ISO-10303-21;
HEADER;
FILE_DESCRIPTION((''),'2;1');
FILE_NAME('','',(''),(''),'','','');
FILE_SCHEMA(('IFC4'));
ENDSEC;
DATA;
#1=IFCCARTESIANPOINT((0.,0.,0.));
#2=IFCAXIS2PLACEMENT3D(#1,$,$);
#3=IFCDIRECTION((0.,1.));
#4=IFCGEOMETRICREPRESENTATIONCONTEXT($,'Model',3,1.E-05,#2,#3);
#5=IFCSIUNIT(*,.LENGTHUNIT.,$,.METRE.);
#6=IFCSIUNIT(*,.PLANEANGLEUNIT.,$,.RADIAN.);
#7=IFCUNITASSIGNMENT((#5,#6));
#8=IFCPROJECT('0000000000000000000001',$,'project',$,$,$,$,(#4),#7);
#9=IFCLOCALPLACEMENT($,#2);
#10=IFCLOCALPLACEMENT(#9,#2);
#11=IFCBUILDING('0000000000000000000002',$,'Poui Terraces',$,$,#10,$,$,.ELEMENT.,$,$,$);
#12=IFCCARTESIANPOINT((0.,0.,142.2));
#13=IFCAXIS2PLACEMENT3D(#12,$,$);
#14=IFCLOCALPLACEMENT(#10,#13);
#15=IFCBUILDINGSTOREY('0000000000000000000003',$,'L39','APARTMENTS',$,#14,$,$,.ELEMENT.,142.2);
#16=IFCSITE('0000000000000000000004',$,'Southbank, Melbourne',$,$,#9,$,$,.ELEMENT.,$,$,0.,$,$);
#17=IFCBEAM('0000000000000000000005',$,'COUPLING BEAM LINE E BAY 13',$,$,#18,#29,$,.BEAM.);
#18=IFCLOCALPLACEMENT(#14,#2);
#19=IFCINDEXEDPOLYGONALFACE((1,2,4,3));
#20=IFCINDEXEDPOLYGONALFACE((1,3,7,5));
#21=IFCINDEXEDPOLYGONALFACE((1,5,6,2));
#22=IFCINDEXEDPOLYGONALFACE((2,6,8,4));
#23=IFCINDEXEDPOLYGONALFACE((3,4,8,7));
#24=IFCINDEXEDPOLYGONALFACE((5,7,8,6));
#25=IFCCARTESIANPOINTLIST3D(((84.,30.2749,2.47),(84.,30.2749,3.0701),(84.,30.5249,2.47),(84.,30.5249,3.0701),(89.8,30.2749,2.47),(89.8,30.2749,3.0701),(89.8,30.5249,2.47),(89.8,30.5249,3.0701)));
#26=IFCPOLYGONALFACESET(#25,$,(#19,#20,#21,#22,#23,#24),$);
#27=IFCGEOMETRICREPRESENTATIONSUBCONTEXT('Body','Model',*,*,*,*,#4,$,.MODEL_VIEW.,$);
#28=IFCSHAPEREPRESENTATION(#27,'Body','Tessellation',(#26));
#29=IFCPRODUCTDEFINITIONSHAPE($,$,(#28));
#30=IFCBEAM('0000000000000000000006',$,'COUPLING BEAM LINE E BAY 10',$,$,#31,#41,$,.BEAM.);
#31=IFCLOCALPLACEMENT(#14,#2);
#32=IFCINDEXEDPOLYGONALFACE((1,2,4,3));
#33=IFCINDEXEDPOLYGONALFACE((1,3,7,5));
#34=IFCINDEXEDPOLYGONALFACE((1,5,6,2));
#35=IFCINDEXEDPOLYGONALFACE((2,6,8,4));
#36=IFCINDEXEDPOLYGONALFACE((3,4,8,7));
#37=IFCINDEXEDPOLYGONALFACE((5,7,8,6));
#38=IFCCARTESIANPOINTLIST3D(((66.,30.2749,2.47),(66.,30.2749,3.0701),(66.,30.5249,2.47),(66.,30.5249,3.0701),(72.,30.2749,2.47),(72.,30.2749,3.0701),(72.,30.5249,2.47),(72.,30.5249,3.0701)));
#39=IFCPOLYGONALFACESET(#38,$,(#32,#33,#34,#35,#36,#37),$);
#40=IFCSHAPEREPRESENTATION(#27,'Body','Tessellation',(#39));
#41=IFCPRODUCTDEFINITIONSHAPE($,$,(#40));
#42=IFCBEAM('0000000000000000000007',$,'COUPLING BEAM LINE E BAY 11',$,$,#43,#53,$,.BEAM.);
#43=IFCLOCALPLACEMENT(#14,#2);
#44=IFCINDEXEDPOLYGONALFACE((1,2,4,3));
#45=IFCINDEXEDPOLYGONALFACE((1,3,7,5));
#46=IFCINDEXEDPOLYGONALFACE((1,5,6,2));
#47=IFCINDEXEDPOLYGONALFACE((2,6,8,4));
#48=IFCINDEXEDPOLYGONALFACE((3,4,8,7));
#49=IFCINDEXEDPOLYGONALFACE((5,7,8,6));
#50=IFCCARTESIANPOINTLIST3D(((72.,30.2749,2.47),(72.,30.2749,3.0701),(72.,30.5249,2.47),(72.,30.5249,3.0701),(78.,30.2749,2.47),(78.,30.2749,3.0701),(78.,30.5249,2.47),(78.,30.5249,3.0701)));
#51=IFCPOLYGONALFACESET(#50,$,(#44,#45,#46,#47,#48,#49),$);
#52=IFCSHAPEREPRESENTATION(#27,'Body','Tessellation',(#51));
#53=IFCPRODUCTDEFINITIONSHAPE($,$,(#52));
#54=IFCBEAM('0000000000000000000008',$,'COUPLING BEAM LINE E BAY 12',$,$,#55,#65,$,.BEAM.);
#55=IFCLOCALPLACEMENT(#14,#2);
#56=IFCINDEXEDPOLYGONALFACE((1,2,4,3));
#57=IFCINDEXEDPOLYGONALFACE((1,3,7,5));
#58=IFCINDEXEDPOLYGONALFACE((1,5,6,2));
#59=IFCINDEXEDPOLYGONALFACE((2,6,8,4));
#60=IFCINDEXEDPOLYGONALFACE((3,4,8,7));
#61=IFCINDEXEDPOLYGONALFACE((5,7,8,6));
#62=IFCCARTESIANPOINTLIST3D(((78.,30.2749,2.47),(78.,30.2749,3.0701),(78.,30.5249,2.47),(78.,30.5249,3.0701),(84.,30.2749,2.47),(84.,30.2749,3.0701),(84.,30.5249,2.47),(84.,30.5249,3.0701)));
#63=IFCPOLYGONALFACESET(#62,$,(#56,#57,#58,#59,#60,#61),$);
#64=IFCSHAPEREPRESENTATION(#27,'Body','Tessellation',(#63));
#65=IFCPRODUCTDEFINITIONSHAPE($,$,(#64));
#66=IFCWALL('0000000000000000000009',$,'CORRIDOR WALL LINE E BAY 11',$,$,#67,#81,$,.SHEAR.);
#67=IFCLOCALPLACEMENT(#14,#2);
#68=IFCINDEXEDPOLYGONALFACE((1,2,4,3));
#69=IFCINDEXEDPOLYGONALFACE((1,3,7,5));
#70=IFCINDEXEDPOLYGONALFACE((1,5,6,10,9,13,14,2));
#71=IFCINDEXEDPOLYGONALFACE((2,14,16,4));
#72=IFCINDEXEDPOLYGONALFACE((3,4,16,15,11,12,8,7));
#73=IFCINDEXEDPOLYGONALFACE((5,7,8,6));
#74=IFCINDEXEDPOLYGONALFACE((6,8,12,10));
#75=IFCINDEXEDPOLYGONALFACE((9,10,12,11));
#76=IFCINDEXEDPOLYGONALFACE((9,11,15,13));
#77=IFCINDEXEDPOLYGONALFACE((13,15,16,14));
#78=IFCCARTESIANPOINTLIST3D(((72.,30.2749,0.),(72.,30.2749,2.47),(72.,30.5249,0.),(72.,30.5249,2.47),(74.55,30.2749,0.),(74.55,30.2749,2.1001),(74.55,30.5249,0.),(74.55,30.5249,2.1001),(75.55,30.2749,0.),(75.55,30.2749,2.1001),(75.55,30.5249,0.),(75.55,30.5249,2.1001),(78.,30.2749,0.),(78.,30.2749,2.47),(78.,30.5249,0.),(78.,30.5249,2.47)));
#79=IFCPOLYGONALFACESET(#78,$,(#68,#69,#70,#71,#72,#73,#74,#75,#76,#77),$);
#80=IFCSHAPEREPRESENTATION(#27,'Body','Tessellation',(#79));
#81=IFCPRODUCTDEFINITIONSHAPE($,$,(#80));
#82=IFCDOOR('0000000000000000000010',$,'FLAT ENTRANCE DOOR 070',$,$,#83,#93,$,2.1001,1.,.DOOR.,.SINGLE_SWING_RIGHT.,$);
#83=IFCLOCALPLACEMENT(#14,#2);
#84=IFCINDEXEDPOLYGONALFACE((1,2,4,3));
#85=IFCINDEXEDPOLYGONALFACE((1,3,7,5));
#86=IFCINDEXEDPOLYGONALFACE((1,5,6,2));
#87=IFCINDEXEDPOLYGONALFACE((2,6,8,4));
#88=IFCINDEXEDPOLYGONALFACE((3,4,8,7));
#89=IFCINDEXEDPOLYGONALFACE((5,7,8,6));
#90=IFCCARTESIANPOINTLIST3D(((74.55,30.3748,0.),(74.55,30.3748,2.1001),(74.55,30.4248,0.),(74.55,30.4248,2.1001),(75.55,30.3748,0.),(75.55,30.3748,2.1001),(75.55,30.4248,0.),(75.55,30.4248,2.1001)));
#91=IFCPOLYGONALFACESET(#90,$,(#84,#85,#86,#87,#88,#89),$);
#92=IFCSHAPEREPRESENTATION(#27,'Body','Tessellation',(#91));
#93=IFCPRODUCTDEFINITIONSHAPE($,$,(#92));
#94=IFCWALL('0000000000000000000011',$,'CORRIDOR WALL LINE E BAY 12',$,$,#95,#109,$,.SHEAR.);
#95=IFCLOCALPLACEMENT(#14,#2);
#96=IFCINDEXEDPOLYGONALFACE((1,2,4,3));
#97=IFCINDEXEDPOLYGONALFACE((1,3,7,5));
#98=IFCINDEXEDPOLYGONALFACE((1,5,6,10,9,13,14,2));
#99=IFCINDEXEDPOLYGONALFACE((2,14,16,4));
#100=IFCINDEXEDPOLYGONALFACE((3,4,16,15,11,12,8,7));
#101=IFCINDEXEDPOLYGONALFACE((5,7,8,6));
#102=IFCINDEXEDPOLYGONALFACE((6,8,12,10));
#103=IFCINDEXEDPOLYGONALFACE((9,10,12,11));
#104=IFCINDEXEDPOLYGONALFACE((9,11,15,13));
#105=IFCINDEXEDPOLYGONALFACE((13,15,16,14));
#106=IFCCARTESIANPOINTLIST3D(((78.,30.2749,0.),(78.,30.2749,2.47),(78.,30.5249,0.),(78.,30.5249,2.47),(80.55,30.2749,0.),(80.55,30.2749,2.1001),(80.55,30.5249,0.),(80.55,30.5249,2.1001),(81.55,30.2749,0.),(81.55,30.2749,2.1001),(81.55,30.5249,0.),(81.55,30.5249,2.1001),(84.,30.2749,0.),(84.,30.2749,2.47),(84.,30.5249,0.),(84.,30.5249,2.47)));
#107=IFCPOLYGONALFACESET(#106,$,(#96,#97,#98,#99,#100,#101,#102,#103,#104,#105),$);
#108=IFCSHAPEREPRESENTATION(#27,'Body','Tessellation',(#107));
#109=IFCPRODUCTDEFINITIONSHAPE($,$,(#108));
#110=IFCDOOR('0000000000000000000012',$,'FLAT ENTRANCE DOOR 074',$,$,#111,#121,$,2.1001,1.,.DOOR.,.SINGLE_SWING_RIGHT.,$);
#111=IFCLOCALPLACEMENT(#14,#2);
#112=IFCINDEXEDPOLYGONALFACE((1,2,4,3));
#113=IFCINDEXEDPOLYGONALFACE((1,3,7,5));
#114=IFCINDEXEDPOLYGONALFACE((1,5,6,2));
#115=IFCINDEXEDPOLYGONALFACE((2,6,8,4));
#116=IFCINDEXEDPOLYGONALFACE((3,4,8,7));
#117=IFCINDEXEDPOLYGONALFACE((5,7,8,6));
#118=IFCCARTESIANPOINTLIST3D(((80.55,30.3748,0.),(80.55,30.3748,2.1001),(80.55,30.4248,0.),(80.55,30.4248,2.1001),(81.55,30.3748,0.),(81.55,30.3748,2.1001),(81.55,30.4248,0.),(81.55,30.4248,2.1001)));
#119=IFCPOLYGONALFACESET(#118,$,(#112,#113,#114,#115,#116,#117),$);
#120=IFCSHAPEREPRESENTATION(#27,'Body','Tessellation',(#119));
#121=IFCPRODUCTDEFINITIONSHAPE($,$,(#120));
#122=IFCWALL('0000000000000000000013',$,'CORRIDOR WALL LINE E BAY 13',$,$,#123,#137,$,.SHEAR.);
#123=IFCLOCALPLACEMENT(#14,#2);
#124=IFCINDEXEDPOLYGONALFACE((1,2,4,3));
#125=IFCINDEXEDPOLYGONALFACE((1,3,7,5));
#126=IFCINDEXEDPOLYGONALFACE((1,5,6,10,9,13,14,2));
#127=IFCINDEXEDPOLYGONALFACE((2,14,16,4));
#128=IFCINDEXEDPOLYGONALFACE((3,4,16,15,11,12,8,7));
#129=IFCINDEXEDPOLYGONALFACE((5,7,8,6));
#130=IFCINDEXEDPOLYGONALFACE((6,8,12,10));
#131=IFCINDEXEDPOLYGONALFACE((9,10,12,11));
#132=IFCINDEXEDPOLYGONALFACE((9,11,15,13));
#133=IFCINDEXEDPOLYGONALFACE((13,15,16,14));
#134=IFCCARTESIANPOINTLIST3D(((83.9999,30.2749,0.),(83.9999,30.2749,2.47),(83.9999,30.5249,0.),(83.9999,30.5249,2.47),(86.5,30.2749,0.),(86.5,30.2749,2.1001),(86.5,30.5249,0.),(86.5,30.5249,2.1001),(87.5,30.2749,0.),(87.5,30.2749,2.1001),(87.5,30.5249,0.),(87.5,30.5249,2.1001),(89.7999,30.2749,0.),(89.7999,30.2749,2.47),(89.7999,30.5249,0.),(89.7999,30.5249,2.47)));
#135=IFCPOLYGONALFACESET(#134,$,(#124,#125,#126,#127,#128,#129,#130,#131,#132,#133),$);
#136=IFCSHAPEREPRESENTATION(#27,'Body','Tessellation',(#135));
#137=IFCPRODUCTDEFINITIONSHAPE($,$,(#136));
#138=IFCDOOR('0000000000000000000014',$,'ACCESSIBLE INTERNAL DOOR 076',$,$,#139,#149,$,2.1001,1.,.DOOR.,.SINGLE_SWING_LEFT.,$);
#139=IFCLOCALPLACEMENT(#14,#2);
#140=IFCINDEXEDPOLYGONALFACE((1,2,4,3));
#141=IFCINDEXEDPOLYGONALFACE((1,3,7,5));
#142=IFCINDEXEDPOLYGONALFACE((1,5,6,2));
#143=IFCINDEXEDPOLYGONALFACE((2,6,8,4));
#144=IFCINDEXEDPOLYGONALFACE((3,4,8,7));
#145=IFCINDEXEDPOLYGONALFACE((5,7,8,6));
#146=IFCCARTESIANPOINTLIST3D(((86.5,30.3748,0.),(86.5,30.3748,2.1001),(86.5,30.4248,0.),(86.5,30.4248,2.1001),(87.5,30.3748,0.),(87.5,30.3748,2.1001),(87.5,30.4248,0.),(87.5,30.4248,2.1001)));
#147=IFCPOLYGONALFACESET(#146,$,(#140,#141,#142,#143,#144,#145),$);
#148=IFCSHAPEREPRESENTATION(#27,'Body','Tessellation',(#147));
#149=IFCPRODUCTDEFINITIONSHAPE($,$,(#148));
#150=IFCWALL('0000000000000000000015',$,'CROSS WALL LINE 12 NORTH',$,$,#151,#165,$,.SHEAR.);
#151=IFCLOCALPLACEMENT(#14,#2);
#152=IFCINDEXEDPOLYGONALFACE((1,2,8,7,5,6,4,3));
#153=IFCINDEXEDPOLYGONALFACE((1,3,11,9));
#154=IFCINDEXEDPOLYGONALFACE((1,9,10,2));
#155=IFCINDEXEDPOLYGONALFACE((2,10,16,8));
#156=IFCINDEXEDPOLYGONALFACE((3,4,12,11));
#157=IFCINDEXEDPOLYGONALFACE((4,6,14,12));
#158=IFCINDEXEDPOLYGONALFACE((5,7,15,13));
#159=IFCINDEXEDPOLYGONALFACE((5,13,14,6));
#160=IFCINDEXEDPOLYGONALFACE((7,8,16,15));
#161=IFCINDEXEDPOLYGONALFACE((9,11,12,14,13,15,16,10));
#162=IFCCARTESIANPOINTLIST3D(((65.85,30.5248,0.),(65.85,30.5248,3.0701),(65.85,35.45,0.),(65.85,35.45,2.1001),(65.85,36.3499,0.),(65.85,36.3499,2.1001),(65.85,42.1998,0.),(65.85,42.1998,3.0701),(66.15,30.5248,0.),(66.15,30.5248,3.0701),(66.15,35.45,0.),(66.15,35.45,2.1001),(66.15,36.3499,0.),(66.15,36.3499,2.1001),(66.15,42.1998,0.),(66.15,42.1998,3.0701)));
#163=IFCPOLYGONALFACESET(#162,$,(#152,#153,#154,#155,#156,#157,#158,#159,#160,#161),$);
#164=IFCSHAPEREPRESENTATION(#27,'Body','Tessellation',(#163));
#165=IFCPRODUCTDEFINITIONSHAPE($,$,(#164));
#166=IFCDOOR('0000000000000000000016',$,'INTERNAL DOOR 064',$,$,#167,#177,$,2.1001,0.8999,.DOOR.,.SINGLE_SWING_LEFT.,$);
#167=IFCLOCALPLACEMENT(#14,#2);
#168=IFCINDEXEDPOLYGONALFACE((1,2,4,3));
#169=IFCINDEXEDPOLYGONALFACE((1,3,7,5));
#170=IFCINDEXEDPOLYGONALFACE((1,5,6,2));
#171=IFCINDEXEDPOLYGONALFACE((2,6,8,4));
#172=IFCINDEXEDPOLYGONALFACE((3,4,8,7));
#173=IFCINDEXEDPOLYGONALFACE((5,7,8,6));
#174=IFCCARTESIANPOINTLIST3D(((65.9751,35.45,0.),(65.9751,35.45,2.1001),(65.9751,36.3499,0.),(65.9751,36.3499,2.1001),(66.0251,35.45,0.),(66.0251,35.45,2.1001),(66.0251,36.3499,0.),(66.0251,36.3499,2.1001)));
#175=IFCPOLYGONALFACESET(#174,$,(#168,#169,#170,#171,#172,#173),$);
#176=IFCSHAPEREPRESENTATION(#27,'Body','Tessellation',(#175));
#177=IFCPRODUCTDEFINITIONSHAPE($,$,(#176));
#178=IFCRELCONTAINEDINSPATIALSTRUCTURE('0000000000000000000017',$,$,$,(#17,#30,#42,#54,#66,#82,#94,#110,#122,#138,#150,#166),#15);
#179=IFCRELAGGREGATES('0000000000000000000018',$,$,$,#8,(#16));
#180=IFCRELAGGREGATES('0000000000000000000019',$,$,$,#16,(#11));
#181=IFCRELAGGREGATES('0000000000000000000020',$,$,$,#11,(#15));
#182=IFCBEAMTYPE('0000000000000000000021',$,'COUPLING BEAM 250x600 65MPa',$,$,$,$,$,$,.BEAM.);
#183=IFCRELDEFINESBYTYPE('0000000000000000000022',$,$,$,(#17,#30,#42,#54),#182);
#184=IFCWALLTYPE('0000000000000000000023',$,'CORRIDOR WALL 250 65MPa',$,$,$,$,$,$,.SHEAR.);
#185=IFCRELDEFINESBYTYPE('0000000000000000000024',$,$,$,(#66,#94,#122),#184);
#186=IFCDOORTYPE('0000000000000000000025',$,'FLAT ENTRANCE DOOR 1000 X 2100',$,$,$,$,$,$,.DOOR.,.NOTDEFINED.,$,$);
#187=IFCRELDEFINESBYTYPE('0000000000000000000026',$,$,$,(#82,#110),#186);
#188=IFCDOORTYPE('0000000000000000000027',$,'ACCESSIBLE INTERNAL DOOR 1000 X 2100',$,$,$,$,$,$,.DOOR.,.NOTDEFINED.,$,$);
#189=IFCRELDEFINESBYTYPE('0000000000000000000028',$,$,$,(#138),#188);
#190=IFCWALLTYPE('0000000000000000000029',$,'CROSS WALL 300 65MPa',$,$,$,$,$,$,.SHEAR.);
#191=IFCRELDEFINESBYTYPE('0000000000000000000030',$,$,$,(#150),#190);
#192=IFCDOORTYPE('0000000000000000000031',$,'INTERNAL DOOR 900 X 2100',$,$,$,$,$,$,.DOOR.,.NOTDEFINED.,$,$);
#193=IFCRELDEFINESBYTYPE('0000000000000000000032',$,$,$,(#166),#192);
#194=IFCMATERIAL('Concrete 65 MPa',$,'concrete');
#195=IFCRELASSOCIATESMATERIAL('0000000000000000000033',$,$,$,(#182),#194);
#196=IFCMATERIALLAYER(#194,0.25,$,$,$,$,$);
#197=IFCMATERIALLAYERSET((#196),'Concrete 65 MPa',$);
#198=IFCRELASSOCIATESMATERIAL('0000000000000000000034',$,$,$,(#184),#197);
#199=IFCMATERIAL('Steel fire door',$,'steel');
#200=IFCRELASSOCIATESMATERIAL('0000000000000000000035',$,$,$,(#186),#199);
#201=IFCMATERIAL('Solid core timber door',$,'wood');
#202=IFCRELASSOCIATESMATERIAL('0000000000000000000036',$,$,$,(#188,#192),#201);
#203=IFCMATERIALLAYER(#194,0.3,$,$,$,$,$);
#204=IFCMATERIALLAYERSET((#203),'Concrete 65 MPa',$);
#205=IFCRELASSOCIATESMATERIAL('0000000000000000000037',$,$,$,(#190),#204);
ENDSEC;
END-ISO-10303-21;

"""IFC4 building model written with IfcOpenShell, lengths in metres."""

from ifc_helpers import new_model, si_unit, direction, frame, frame_2d, origin, origin_2d, place, context, subcontext, project, spatial, rectangle, extrude, source, transform, mapped, material, layer, layer_set, material_profile, profile_set, type_object, element, fill, save


model = new_model("IFC4")

# Units and contexts
model_context = context("Model", 3, precision=1e-05, world=origin(), true_north=direction((0.0, 1.0)))
body_context = subcontext(model_context, "Body", "Model", "MODEL_VIEW")
ifc_project = project(units=[si_unit("LENGTHUNIT", "METRE"), si_unit("PLANEANGLEUNIT", "RADIAN")], contexts=[model_context])

# Site, building, storey
site_placement = place(None, origin())
site = spatial("IfcSite", under=ifc_project, at=site_placement, Name="Southbank, Melbourne", CompositionType="ELEMENT", RefElevation=0.0)
building_placement = place(site_placement, origin())
building = spatial("IfcBuilding", under=site, at=building_placement, Name="Poui Terraces", CompositionType="ELEMENT")
storey_placement = place(building_placement, frame((0.0, 0.0, 142.2)))
storey = spatial("IfcBuildingStorey", under=building, at=storey_placement, Name="L39", Description="APARTMENTS", CompositionType="ELEMENT", Elevation=142.2)

# Beams
ifc_material_1 = material(Name="Concrete 65 MPa", Category="concrete")
ifc_material_profile = material_profile(ifc_material_1, rectangle(XDim=0.25, YDim=0.6001, at=origin_2d()), Name="RC 250x600")
ifc_profile_set = profile_set([ifc_material_profile], Name="Concrete 65 MPa")
beam_type = type_object("IfcBeamType", Name="COUPLING BEAM 250x600 65MPa", PredefinedType="BEAM", material=ifc_profile_set)
shared_shape_1 = source(origin(), body_context, "Body", "SweptSolid", [
    extrude(rectangle(XDim=0.25, YDim=0.6001, at=origin_2d()), origin(), (0.0, 0.0, 1.0), 5.8),
])
beam_placement = place(storey_placement, frame((84.0, 30.3999, 2.77), z_axis=(1.0, 0.0, 0.0), x_axis=(0.0, 1.0, 0.0)))
element("IfcBeam", 1, at=beam_placement, inside=storey, type_object=beam_type, Name="COUPLING BEAM LINE E BAY 13", PredefinedType="BEAM", context=body_context, shape_type="MappedRepresentation", body=[
    mapped(shared_shape_1, transform((0.0, 0.0, 0.0))),
])
shared_shape_2 = source(origin(), body_context, "Body", "SweptSolid", [
    extrude(rectangle(XDim=0.25, YDim=0.6001, at=origin_2d()), origin(), (0.0, 0.0, 1.0), 6.0),
])
for number, where, z_axis, x_axis, name in (
    (2, (66.0, 30.3999, 2.77), (1.0, 0.0, 0.0), (0.0, 1.0, 0.0), "COUPLING BEAM LINE E BAY 10"),
    (3, (72.0, 30.3999, 2.77), (1.0, 0.0, 0.0), (0.0, 1.0, 0.0), "COUPLING BEAM LINE E BAY 11"),
    (4, (78.0, 30.3999, 2.77), (1.0, 0.0, 0.0), (0.0, 1.0, 0.0), "COUPLING BEAM LINE E BAY 12"),
):
    element("IfcBeam", number, at=place(storey_placement, frame(where, z_axis=z_axis, x_axis=x_axis)), inside=storey, type_object=beam_type, Name=name, PredefinedType="BEAM", context=body_context, shape_type="MappedRepresentation", body=[
        mapped(shared_shape_2, transform((0.0, 0.0, 0.0))),
    ])

# Walls, openings, doors
ifc_layer_1 = layer(ifc_material_1, 0.25)
ifc_layer_set_1 = layer_set([ifc_layer_1], Name="Concrete 65 MPa")
wall_type_1 = type_object("IfcWallType", Name="CORRIDOR WALL 250 65MPa", PredefinedType="SHEAR", material=ifc_layer_set_1)
wall_1_placement = place(storey_placement, frame((72.0, 30.3999, 0.0), z_axis=(0.0, 0.0, 1.0), x_axis=(1.0, 0.0, 0.0)))
wall_1 = element("IfcWall", 5, at=wall_1_placement, inside=storey, type_object=wall_type_1, Name="CORRIDOR WALL LINE E BAY 11", PredefinedType="SHEAR", context=body_context, shape_type="SweptSolid", body=[
    extrude(rectangle(XDim=6.0, YDim=0.25, at=frame_2d((3.0, 0.0))), origin(), (0.0, 0.0, 1.0), 2.47),
])
opening_1_placement = place(wall_1_placement, frame((2.55, 0.0, 0.0)))
opening_1 = element("IfcOpeningElement", 6, at=opening_1_placement, cuts=wall_1, PredefinedType="OPENING", context=body_context, shape_type="SweptSolid", body=[
    extrude(rectangle(XDim=1.0, YDim=2.1001, at=frame_2d((0.5, 1.05))), frame((0.0, 0.135, 0.0), z_axis=(0.0, -1.0, 0.0), x_axis=(1.0, 0.0, 0.0)), (0.0, 0.0, 1.0), 0.27),
])
ifc_material_2 = material(Name="Steel fire door", Category="steel")
door_type_1 = type_object("IfcDoorType", Name="FLAT ENTRANCE DOOR 1000 X 2100", OperationType="NOTDEFINED", PredefinedType="DOOR", material=ifc_material_2)
door_1_placement = place(opening_1_placement, origin())
door_1 = element("IfcDoor", 7, at=door_1_placement, inside=storey, type_object=door_type_1, Name="FLAT ENTRANCE DOOR 070", OperationType="SINGLE_SWING_RIGHT", OverallHeight=2.1001, OverallWidth=1.0, PredefinedType="DOOR", context=body_context, shape_type="SweptSolid", body=[
    extrude(rectangle(XDim=1.0, YDim=2.1001, at=frame_2d((0.5, 1.05))), frame((0.0, 0.0249, 0.0), z_axis=(0.0, -1.0, 0.0), x_axis=(1.0, 0.0, 0.0)), (0.0, 0.0, 1.0), 0.05),
])
fill(opening_1, door_1)
wall_2_placement = place(storey_placement, frame((78.0, 30.3999, 0.0), z_axis=(0.0, 0.0, 1.0), x_axis=(1.0, 0.0, 0.0)))
wall_2 = element("IfcWall", 8, at=wall_2_placement, inside=storey, type_object=wall_type_1, Name="CORRIDOR WALL LINE E BAY 12", PredefinedType="SHEAR", context=body_context, shape_type="SweptSolid", body=[
    extrude(rectangle(XDim=6.0, YDim=0.25, at=frame_2d((3.0, 0.0))), origin(), (0.0, 0.0, 1.0), 2.47),
])
opening_2_placement = place(wall_2_placement, frame((2.55, 0.0, 0.0)))
opening_2 = element("IfcOpeningElement", 9, at=opening_2_placement, cuts=wall_2, PredefinedType="OPENING", context=body_context, shape_type="SweptSolid", body=[
    extrude(rectangle(XDim=1.0, YDim=2.1001, at=frame_2d((0.5, 1.05))), frame((0.0, 0.135, 0.0), z_axis=(0.0, -1.0, 0.0), x_axis=(1.0, 0.0, 0.0)), (0.0, 0.0, 1.0), 0.27),
])
door_2_placement = place(opening_2_placement, origin())
door_2 = element("IfcDoor", 10, at=door_2_placement, inside=storey, type_object=door_type_1, Name="FLAT ENTRANCE DOOR 074", OperationType="SINGLE_SWING_RIGHT", OverallHeight=2.1001, OverallWidth=1.0, PredefinedType="DOOR", context=body_context, shape_type="SweptSolid", body=[
    extrude(rectangle(XDim=1.0, YDim=2.1001, at=frame_2d((0.5, 1.05))), frame((0.0, 0.0249, 0.0), z_axis=(0.0, -1.0, 0.0), x_axis=(1.0, 0.0, 0.0)), (0.0, 0.0, 1.0), 0.05),
])
fill(opening_2, door_2)
wall_3_placement = place(storey_placement, frame((84.0, 30.3999, 0.0), z_axis=(0.0, 0.0, 1.0), x_axis=(1.0, 0.0, 0.0)))
wall_3 = element("IfcWall", 11, at=wall_3_placement, inside=storey, type_object=wall_type_1, Name="CORRIDOR WALL LINE E BAY 13", PredefinedType="SHEAR", context=body_context, shape_type="SweptSolid", body=[
    extrude(rectangle(XDim=5.8, YDim=0.25, at=frame_2d((2.8999, 0.0))), origin(), (0.0, 0.0, 1.0), 2.47),
])
opening_3_placement = place(wall_3_placement, frame((2.5, 0.0, 0.0)))
opening_3 = element("IfcOpeningElement", 12, at=opening_3_placement, cuts=wall_3, PredefinedType="OPENING", context=body_context, shape_type="SweptSolid", body=[
    extrude(rectangle(XDim=1.0, YDim=2.1001, at=frame_2d((0.5, 1.05))), frame((0.0, 0.135, 0.0), z_axis=(0.0, -1.0, 0.0), x_axis=(1.0, 0.0, 0.0)), (0.0, 0.0, 1.0), 0.27),
])
ifc_material_3 = material(Name="Solid core timber door", Category="wood")
door_type_2 = type_object("IfcDoorType", Name="ACCESSIBLE INTERNAL DOOR 1000 X 2100", OperationType="NOTDEFINED", PredefinedType="DOOR", material=ifc_material_3)
door_3_placement = place(opening_3_placement, origin())
door_3 = element("IfcDoor", 13, at=door_3_placement, inside=storey, type_object=door_type_2, Name="ACCESSIBLE INTERNAL DOOR 076", OperationType="SINGLE_SWING_LEFT", OverallHeight=2.1001, OverallWidth=1.0, PredefinedType="DOOR", context=body_context, shape_type="SweptSolid", body=[
    extrude(rectangle(XDim=1.0, YDim=2.1001, at=frame_2d((0.5, 1.05))), frame((0.0, 0.0249, 0.0), z_axis=(0.0, -1.0, 0.0), x_axis=(1.0, 0.0, 0.0)), (0.0, 0.0, 1.0), 0.05),
])
fill(opening_3, door_3)
ifc_layer_2 = layer(ifc_material_1, 0.3)
ifc_layer_set_2 = layer_set([ifc_layer_2], Name="Concrete 65 MPa")
wall_type_2 = type_object("IfcWallType", Name="CROSS WALL 300 65MPa", PredefinedType="SHEAR", material=ifc_layer_set_2)
wall_4_placement = place(storey_placement, frame((66.0, 30.5249, 0.0), z_axis=(0.0, 0.0, 1.0), x_axis=(0.0, 1.0, 0.0)))
wall_4 = element("IfcWall", 14, at=wall_4_placement, inside=storey, type_object=wall_type_2, Name="CROSS WALL LINE 12 NORTH", PredefinedType="SHEAR", context=body_context, shape_type="SweptSolid", body=[
    extrude(rectangle(XDim=11.675, YDim=0.3, at=frame_2d((5.8374, 0.0))), origin(), (0.0, 0.0, 1.0), 3.0701),
])
opening_4_placement = place(wall_4_placement, frame((4.925, 0.0, 0.0)))
opening_4 = element("IfcOpeningElement", 15, at=opening_4_placement, cuts=wall_4, PredefinedType="OPENING", context=body_context, shape_type="SweptSolid", body=[
    extrude(rectangle(XDim=0.8999, YDim=2.1001, at=frame_2d((0.45, 1.05))), frame((0.0, 0.1602, 0.0), z_axis=(0.0, -1.0, 0.0), x_axis=(1.0, 0.0, 0.0)), (0.0, 0.0, 1.0), 0.3201),
])
door_type_3 = type_object("IfcDoorType", Name="INTERNAL DOOR 900 X 2100", OperationType="NOTDEFINED", PredefinedType="DOOR", material=ifc_material_3)
door_4_placement = place(opening_4_placement, origin())
door_4 = element("IfcDoor", 16, at=door_4_placement, inside=storey, type_object=door_type_3, Name="INTERNAL DOOR 064", OperationType="SINGLE_SWING_LEFT", OverallHeight=2.1001, OverallWidth=0.8999, PredefinedType="DOOR", context=body_context, shape_type="SweptSolid", body=[
    extrude(rectangle(XDim=0.8999, YDim=2.1001, at=frame_2d((0.45, 1.05))), frame((0.0, 0.0249, 0.0), z_axis=(0.0, -1.0, 0.0), x_axis=(1.0, 0.0, 0.0)), (0.0, 0.0, 1.0), 0.05),
])
fill(opening_4, door_4)

save(model, "model.ifc")
